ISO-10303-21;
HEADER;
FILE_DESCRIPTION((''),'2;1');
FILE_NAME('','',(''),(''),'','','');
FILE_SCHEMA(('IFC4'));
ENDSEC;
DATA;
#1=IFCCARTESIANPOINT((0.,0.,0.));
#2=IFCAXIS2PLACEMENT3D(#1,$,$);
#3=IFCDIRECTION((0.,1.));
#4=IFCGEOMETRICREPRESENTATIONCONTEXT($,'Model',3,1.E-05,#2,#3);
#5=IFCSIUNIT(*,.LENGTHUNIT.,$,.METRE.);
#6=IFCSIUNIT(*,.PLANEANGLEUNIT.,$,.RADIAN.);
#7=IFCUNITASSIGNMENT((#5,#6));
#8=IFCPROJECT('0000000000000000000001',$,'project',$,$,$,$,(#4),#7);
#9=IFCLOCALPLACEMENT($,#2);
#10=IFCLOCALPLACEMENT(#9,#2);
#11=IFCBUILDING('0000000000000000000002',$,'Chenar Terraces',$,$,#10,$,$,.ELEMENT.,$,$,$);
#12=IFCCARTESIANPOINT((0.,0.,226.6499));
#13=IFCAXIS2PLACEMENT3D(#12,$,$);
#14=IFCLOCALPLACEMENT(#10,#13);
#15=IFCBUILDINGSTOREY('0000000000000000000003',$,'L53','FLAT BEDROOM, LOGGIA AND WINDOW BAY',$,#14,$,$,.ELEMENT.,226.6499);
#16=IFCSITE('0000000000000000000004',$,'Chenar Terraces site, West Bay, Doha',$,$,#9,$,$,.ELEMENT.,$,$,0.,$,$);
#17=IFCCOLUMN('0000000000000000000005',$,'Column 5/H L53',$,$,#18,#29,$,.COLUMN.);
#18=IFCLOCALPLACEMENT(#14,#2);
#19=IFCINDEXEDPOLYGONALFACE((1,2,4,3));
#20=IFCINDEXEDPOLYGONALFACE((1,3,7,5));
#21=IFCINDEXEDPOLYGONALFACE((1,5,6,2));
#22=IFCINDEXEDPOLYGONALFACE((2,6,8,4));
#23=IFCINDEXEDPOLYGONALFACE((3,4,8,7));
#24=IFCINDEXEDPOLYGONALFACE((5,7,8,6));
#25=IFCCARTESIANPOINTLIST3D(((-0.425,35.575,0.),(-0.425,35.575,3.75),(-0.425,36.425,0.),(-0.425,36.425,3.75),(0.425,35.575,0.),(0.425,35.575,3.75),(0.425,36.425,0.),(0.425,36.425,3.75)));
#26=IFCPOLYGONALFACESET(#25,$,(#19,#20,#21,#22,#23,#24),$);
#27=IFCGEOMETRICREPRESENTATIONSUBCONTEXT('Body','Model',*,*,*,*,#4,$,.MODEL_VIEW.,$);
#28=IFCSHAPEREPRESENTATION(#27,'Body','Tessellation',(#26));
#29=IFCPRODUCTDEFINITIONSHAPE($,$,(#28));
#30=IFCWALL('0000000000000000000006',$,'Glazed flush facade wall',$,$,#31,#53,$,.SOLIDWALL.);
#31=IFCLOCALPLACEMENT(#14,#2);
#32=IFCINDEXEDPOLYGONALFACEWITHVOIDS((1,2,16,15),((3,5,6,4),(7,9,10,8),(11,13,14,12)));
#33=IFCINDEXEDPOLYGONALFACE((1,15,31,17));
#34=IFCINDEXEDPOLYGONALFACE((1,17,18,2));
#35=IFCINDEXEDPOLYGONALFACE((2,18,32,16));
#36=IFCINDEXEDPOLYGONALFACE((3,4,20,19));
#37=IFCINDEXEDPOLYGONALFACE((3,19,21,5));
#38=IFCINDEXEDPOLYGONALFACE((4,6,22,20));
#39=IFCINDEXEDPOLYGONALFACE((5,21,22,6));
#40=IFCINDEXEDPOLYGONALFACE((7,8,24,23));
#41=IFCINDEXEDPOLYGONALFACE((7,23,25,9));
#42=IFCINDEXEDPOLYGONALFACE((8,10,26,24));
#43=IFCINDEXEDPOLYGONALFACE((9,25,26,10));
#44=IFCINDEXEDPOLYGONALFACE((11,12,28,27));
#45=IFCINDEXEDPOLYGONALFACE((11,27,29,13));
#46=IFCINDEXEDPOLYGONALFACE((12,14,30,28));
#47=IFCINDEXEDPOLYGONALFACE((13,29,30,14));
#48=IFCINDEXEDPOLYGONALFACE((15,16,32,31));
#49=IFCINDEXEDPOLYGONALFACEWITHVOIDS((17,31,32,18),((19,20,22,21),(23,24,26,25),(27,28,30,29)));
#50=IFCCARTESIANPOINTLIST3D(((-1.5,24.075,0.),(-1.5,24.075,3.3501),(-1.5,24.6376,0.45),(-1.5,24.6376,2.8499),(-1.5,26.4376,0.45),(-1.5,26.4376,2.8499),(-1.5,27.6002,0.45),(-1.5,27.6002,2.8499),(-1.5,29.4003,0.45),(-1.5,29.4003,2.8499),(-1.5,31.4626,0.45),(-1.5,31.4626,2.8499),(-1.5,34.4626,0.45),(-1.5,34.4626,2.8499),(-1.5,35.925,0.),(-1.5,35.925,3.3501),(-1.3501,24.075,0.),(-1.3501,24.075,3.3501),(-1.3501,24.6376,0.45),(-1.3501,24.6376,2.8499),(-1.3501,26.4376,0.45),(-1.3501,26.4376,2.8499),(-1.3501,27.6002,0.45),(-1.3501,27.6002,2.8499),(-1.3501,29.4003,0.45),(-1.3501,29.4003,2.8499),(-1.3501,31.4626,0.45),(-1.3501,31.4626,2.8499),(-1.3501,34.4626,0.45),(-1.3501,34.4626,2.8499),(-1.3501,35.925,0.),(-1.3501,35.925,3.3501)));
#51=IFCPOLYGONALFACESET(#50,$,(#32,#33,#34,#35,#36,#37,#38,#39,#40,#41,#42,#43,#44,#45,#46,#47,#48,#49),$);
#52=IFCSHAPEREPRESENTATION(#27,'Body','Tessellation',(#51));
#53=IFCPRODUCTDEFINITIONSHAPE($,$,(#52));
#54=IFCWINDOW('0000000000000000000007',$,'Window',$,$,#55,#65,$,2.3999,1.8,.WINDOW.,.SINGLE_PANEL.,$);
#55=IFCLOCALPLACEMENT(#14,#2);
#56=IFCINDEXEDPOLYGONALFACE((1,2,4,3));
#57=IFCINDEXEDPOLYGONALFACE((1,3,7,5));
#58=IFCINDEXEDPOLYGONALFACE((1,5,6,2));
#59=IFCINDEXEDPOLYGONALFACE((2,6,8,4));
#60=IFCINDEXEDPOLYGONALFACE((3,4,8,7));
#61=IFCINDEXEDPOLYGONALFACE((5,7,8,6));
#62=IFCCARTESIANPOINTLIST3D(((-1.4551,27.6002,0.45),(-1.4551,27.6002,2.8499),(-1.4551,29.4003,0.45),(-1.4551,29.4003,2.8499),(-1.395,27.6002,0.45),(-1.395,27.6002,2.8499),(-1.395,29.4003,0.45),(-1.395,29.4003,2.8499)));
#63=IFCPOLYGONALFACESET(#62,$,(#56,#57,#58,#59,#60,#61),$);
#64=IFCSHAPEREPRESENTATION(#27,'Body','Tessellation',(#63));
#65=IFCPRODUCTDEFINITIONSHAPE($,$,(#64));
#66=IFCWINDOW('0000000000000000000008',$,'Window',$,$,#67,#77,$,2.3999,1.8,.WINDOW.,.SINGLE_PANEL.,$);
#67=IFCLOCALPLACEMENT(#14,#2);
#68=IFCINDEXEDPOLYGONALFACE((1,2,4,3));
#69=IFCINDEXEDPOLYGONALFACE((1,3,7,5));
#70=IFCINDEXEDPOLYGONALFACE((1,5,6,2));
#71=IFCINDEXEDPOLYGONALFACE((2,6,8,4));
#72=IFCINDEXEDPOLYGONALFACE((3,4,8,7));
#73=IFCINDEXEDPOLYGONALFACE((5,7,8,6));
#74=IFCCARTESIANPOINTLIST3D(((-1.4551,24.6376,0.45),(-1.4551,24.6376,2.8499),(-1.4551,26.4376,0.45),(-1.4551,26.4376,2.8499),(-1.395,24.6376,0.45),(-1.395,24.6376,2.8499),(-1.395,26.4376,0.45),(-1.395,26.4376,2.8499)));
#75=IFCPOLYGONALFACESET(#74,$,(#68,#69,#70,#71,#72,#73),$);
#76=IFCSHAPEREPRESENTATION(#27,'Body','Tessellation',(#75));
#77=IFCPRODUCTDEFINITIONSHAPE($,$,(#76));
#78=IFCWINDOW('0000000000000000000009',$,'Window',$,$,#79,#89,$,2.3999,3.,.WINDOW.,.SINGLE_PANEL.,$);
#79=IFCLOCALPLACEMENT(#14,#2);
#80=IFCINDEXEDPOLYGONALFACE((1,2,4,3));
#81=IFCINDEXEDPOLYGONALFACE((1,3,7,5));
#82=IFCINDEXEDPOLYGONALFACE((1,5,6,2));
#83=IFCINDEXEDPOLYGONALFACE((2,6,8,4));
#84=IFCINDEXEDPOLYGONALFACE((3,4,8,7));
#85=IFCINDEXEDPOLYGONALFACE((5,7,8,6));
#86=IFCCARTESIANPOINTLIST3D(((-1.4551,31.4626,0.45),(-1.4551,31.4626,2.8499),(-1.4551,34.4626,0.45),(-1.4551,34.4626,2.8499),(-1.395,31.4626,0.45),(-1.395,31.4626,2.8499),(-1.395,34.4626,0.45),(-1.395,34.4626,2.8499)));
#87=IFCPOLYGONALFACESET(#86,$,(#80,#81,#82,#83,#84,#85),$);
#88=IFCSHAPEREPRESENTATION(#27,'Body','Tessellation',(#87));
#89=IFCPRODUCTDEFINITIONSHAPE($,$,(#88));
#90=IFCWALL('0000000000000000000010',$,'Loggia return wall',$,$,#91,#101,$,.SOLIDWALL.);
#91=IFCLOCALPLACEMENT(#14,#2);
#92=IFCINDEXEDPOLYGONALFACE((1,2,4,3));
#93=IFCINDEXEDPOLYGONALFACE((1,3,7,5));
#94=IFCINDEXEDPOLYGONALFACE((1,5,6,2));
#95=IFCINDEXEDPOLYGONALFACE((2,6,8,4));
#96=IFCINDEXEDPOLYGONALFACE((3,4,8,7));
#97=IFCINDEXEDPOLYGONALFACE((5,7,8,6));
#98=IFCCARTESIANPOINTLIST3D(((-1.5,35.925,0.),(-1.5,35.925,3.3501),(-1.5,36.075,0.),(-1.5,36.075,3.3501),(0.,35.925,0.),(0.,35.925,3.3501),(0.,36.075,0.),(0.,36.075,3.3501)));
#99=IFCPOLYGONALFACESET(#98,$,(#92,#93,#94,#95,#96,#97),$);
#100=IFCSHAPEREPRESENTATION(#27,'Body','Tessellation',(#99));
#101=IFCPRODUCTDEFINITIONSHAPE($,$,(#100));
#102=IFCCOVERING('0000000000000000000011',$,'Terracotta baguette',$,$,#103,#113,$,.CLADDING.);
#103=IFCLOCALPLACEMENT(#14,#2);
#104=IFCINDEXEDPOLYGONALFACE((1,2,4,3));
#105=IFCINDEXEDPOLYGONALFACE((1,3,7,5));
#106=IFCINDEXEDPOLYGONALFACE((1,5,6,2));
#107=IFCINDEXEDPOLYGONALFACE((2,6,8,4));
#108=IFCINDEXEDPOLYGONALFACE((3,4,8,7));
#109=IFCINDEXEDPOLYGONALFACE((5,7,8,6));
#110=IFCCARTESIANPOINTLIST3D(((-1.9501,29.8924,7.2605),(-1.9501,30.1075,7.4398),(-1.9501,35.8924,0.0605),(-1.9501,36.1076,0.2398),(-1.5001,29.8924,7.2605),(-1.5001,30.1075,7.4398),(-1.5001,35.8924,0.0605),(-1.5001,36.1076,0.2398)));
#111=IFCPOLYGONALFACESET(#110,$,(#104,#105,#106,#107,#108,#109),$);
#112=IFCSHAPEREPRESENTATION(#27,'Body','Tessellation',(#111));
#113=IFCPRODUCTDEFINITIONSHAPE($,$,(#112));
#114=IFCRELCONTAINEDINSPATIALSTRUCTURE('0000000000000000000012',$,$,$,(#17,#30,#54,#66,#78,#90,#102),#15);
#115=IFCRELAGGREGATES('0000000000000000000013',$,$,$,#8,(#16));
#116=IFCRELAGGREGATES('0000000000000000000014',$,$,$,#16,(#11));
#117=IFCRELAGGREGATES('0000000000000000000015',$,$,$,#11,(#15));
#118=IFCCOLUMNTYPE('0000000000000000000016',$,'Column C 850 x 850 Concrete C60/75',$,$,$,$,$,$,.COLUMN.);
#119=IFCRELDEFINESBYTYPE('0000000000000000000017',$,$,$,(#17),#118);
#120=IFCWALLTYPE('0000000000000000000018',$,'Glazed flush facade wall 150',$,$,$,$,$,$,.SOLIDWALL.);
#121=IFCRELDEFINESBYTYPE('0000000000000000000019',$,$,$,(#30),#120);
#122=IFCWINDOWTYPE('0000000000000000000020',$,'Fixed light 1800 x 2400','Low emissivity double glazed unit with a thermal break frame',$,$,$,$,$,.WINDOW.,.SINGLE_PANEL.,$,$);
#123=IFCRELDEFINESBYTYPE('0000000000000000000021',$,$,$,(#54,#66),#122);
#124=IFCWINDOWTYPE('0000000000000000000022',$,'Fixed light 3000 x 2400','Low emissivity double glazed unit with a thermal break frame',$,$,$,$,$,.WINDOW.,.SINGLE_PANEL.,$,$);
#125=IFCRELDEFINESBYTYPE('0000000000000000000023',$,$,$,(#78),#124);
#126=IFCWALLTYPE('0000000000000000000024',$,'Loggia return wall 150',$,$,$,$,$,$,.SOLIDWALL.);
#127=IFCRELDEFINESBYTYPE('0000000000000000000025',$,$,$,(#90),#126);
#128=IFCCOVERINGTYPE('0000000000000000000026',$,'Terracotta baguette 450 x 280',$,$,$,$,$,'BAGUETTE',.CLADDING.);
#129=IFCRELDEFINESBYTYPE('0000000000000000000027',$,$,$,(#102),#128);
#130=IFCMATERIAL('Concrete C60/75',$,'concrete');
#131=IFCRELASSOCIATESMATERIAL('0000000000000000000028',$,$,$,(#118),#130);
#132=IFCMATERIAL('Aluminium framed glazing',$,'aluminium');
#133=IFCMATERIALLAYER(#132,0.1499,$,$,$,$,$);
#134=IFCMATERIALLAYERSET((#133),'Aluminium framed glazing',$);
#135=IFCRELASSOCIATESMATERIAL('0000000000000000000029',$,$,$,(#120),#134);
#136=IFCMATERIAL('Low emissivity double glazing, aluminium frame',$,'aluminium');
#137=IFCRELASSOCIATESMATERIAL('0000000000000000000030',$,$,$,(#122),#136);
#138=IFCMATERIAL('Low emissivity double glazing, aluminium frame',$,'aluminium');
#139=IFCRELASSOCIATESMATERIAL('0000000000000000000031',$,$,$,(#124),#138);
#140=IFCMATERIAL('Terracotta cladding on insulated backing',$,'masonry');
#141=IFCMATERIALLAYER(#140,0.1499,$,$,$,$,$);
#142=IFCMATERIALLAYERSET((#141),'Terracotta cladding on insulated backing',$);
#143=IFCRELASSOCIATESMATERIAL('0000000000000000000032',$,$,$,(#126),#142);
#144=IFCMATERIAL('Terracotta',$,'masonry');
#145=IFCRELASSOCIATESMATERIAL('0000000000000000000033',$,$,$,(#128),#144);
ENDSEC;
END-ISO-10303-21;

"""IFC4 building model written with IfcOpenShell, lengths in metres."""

from ifc_helpers import new_model, si_unit, direction, frame, frame_2d, origin, origin_2d, place, context, subcontext, project, spatial, rectangle, extrude, material, layer, layer_set, material_profile, profile_set, type_object, element, fill, save


model = new_model("IFC4")

# Units and contexts
model_context = context("Model", 3, precision=1e-05, world=origin(), true_north=direction((0.0, 1.0)))
body_context = subcontext(model_context, "Body", "Model", "MODEL_VIEW")
ifc_project = project(units=[si_unit("LENGTHUNIT", "METRE"), si_unit("PLANEANGLEUNIT", "RADIAN")], contexts=[model_context])

# Site, building, storey
site_placement = place(None, origin())
site = spatial("IfcSite", under=ifc_project, at=site_placement, Name="Chenar Terraces site, West Bay, Doha", CompositionType="ELEMENT", RefElevation=0.0)
building_placement = place(site_placement, origin())
building = spatial("IfcBuilding", under=site, at=building_placement, Name="Chenar Terraces", CompositionType="ELEMENT")
storey_placement = place(building_placement, frame((0.0, 0.0, 226.6499)))
storey = spatial("IfcBuildingStorey", under=building, at=storey_placement, Name="L53", Description="FLAT BEDROOM, LOGGIA AND WINDOW BAY", CompositionType="ELEMENT", Elevation=226.6499)

# Column
ifc_material_1 = material(Name="Concrete C60/75", Category="concrete")
ifc_material_profile_1 = material_profile(ifc_material_1, rectangle(XDim=0.8501, YDim=0.8501, at=origin_2d()), Name="C 850 x 850")
ifc_profile_set_1 = profile_set([ifc_material_profile_1], Name="Concrete C60/75")
column_type = type_object("IfcColumnType", Name="Column C 850 x 850 Concrete C60/75", PredefinedType="COLUMN", material=ifc_profile_set_1)
column_placement = place(storey_placement, frame((0.0, 36.0, 0.0), z_axis=(0.0, 0.0, 1.0), x_axis=(1.0, 0.0, 0.0)))
element("IfcColumn", 1, at=column_placement, inside=storey, type_object=column_type, Name="Column 5/H L53", PredefinedType="COLUMN", context=body_context, shape_type="SweptSolid", body=[
    extrude(rectangle(XDim=0.8501, YDim=0.8501, at=origin_2d()), origin(), (0.0, 0.0, 1.0), 3.75),
])

# Wall, openings, windows
ifc_material_2 = material(Name="Aluminium framed glazing", Category="aluminium")
ifc_layer_1 = layer(ifc_material_2, 0.1499)
ifc_layer_set_1 = layer_set([ifc_layer_1], Name="Aluminium framed glazing")
wall_type_1 = type_object("IfcWallType", Name="Glazed flush facade wall 150", PredefinedType="SOLIDWALL", material=ifc_layer_set_1)
wall_1_placement = place(storey_placement, frame((-1.425, 35.925, 0.0), z_axis=(0.0, 0.0, 1.0), x_axis=(0.0, -1.0, 0.0)))
wall_1 = element("IfcWall", 2, at=wall_1_placement, inside=storey, type_object=wall_type_1, Name="Glazed flush facade wall", PredefinedType="SOLIDWALL", context=body_context, shape_type="SweptSolid", body=[
    extrude(rectangle(XDim=11.8501, YDim=0.1499, at=frame_2d((5.925, 0.0))), origin(), (0.0, 0.0, 1.0), 3.3501),
])
opening_1_placement = place(wall_1_placement, frame((1.4624, 0.0, 0.45)))
opening_1 = element("IfcOpeningElement", 3, at=opening_1_placement, cuts=wall_1, PredefinedType="OPENING", context=body_context, shape_type="SweptSolid", body=[
    extrude(rectangle(XDim=3.0, YDim=2.3999, at=frame_2d((1.5, 1.2))), frame((0.0, 0.085, 0.0), z_axis=(0.0, -1.0, 0.0), x_axis=(1.0, 0.0, 0.0)), (0.0, 0.0, 1.0), 0.1699),
])
opening_2_placement = place(wall_1_placement, frame((6.5249, 0.0, 0.45)))
opening_2 = element("IfcOpeningElement", 4, at=opening_2_placement, cuts=wall_1, PredefinedType="OPENING", context=body_context, shape_type="SweptSolid", body=[
    extrude(rectangle(XDim=1.8, YDim=2.3999, at=frame_2d((0.8999, 1.2))), frame((0.0, 0.085, 0.0), z_axis=(0.0, -1.0, 0.0), x_axis=(1.0, 0.0, 0.0)), (0.0, 0.0, 1.0), 0.1699),
])
opening_3_placement = place(wall_1_placement, frame((9.4875, 0.0, 0.45)))
opening_3 = element("IfcOpeningElement", 5, at=opening_3_placement, cuts=wall_1, PredefinedType="OPENING", context=body_context, shape_type="SweptSolid", body=[
    extrude(rectangle(XDim=1.8, YDim=2.3999, at=frame_2d((0.8999, 1.2))), frame((0.0, 0.085, 0.0), z_axis=(0.0, -1.0, 0.0), x_axis=(1.0, 0.0, 0.0)), (0.0, 0.0, 1.0), 0.1699),
])
ifc_material_3 = material(Name="Low emissivity double glazing, aluminium frame", Category="aluminium")
window_type_1 = type_object("IfcWindowType", Name="Fixed light 1800 x 2400", Description="Low emissivity double glazed unit with a thermal break frame", PartitioningType="SINGLE_PANEL", PredefinedType="WINDOW", material=ifc_material_3)
window_1_placement = place(opening_2_placement, origin())
window_1 = element("IfcWindow", 6, at=window_1_placement, inside=storey, type_object=window_type_1, Name="Window", OverallHeight=2.3999, OverallWidth=1.8, PartitioningType="SINGLE_PANEL", PredefinedType="WINDOW", context=body_context, shape_type="SweptSolid", body=[
    extrude(rectangle(XDim=1.8, YDim=2.3999, at=frame_2d((0.8999, 1.2))), frame((0.0, 0.03, 0.0), z_axis=(0.0, -1.0, 0.0), x_axis=(1.0, 0.0, 0.0)), (0.0, 0.0, 1.0), 0.0601),
])
fill(opening_2, window_1)
window_2_placement = place(opening_3_placement, origin())
window_2 = element("IfcWindow", 7, at=window_2_placement, inside=storey, type_object=window_type_1, Name="Window", OverallHeight=2.3999, OverallWidth=1.8, PartitioningType="SINGLE_PANEL", PredefinedType="WINDOW", context=body_context, shape_type="SweptSolid", body=[
    extrude(rectangle(XDim=1.8, YDim=2.3999, at=frame_2d((0.8999, 1.2))), frame((0.0, 0.03, 0.0), z_axis=(0.0, -1.0, 0.0), x_axis=(1.0, 0.0, 0.0)), (0.0, 0.0, 1.0), 0.0601),
])
fill(opening_3, window_2)
ifc_material_4 = material(Name="Low emissivity double glazing, aluminium frame", Category="aluminium")
window_type_2 = type_object("IfcWindowType", Name="Fixed light 3000 x 2400", Description="Low emissivity double glazed unit with a thermal break frame", PartitioningType="SINGLE_PANEL", PredefinedType="WINDOW", material=ifc_material_4)
window_3_placement = place(opening_1_placement, origin())
window_3 = element("IfcWindow", 8, at=window_3_placement, inside=storey, type_object=window_type_2, Name="Window", OverallHeight=2.3999, OverallWidth=3.0, PartitioningType="SINGLE_PANEL", PredefinedType="WINDOW", context=body_context, shape_type="SweptSolid", body=[
    extrude(rectangle(XDim=3.0, YDim=2.3999, at=frame_2d((1.5, 1.2))), frame((0.0, 0.03, 0.0), z_axis=(0.0, -1.0, 0.0), x_axis=(1.0, 0.0, 0.0)), (0.0, 0.0, 1.0), 0.0601),
])
fill(opening_1, window_3)

# Wall
ifc_material_5 = material(Name="Terracotta cladding on insulated backing", Category="masonry")
ifc_layer_2 = layer(ifc_material_5, 0.1499)
ifc_layer_set_2 = layer_set([ifc_layer_2], Name="Terracotta cladding on insulated backing")
wall_type_2 = type_object("IfcWallType", Name="Loggia return wall 150", PredefinedType="SOLIDWALL", material=ifc_layer_set_2)
wall_2_placement = place(storey_placement, frame((-1.5, 36.0, 0.0), z_axis=(0.0, 0.0, 1.0), x_axis=(1.0, 0.0, 0.0)))
element("IfcWall", 9, at=wall_2_placement, inside=storey, type_object=wall_type_2, Name="Loggia return wall", PredefinedType="SOLIDWALL", context=body_context, shape_type="SweptSolid", body=[
    extrude(rectangle(XDim=1.5, YDim=0.1499, at=frame_2d((0.75, 0.0))), origin(), (0.0, 0.0, 1.0), 3.3501),
])

# Covering
ifc_material_6 = material(Name="Terracotta", Category="masonry")
ifc_material_profile_2 = material_profile(ifc_material_6, rectangle(XDim=0.45, YDim=0.28, at=origin_2d()), Name="Terracotta baguette 450 x 280")
ifc_profile_set_2 = profile_set([ifc_material_profile_2], Name="Terracotta")
covering_type = type_object("IfcCoveringType", Name="Terracotta baguette 450 x 280", ElementType="BAGUETTE", PredefinedType="CLADDING", material=ifc_profile_set_2)
covering_placement = place(storey_placement, frame((-1.7251, 36.0, 0.1501), z_axis=(0.0, -0.640187, 0.768219), x_axis=(1.0, 0.0, 0.0)))
element("IfcCovering", 10, at=covering_placement, inside=storey, type_object=covering_type, Name="Terracotta baguette", PredefinedType="CLADDING", context=body_context, shape_type="SweptSolid", body=[
    extrude(rectangle(XDim=0.45, YDim=0.28, at=origin_2d()), origin(), (0.0, 0.0, 1.0), 9.3723),
])

save(model, "model.ifc")
